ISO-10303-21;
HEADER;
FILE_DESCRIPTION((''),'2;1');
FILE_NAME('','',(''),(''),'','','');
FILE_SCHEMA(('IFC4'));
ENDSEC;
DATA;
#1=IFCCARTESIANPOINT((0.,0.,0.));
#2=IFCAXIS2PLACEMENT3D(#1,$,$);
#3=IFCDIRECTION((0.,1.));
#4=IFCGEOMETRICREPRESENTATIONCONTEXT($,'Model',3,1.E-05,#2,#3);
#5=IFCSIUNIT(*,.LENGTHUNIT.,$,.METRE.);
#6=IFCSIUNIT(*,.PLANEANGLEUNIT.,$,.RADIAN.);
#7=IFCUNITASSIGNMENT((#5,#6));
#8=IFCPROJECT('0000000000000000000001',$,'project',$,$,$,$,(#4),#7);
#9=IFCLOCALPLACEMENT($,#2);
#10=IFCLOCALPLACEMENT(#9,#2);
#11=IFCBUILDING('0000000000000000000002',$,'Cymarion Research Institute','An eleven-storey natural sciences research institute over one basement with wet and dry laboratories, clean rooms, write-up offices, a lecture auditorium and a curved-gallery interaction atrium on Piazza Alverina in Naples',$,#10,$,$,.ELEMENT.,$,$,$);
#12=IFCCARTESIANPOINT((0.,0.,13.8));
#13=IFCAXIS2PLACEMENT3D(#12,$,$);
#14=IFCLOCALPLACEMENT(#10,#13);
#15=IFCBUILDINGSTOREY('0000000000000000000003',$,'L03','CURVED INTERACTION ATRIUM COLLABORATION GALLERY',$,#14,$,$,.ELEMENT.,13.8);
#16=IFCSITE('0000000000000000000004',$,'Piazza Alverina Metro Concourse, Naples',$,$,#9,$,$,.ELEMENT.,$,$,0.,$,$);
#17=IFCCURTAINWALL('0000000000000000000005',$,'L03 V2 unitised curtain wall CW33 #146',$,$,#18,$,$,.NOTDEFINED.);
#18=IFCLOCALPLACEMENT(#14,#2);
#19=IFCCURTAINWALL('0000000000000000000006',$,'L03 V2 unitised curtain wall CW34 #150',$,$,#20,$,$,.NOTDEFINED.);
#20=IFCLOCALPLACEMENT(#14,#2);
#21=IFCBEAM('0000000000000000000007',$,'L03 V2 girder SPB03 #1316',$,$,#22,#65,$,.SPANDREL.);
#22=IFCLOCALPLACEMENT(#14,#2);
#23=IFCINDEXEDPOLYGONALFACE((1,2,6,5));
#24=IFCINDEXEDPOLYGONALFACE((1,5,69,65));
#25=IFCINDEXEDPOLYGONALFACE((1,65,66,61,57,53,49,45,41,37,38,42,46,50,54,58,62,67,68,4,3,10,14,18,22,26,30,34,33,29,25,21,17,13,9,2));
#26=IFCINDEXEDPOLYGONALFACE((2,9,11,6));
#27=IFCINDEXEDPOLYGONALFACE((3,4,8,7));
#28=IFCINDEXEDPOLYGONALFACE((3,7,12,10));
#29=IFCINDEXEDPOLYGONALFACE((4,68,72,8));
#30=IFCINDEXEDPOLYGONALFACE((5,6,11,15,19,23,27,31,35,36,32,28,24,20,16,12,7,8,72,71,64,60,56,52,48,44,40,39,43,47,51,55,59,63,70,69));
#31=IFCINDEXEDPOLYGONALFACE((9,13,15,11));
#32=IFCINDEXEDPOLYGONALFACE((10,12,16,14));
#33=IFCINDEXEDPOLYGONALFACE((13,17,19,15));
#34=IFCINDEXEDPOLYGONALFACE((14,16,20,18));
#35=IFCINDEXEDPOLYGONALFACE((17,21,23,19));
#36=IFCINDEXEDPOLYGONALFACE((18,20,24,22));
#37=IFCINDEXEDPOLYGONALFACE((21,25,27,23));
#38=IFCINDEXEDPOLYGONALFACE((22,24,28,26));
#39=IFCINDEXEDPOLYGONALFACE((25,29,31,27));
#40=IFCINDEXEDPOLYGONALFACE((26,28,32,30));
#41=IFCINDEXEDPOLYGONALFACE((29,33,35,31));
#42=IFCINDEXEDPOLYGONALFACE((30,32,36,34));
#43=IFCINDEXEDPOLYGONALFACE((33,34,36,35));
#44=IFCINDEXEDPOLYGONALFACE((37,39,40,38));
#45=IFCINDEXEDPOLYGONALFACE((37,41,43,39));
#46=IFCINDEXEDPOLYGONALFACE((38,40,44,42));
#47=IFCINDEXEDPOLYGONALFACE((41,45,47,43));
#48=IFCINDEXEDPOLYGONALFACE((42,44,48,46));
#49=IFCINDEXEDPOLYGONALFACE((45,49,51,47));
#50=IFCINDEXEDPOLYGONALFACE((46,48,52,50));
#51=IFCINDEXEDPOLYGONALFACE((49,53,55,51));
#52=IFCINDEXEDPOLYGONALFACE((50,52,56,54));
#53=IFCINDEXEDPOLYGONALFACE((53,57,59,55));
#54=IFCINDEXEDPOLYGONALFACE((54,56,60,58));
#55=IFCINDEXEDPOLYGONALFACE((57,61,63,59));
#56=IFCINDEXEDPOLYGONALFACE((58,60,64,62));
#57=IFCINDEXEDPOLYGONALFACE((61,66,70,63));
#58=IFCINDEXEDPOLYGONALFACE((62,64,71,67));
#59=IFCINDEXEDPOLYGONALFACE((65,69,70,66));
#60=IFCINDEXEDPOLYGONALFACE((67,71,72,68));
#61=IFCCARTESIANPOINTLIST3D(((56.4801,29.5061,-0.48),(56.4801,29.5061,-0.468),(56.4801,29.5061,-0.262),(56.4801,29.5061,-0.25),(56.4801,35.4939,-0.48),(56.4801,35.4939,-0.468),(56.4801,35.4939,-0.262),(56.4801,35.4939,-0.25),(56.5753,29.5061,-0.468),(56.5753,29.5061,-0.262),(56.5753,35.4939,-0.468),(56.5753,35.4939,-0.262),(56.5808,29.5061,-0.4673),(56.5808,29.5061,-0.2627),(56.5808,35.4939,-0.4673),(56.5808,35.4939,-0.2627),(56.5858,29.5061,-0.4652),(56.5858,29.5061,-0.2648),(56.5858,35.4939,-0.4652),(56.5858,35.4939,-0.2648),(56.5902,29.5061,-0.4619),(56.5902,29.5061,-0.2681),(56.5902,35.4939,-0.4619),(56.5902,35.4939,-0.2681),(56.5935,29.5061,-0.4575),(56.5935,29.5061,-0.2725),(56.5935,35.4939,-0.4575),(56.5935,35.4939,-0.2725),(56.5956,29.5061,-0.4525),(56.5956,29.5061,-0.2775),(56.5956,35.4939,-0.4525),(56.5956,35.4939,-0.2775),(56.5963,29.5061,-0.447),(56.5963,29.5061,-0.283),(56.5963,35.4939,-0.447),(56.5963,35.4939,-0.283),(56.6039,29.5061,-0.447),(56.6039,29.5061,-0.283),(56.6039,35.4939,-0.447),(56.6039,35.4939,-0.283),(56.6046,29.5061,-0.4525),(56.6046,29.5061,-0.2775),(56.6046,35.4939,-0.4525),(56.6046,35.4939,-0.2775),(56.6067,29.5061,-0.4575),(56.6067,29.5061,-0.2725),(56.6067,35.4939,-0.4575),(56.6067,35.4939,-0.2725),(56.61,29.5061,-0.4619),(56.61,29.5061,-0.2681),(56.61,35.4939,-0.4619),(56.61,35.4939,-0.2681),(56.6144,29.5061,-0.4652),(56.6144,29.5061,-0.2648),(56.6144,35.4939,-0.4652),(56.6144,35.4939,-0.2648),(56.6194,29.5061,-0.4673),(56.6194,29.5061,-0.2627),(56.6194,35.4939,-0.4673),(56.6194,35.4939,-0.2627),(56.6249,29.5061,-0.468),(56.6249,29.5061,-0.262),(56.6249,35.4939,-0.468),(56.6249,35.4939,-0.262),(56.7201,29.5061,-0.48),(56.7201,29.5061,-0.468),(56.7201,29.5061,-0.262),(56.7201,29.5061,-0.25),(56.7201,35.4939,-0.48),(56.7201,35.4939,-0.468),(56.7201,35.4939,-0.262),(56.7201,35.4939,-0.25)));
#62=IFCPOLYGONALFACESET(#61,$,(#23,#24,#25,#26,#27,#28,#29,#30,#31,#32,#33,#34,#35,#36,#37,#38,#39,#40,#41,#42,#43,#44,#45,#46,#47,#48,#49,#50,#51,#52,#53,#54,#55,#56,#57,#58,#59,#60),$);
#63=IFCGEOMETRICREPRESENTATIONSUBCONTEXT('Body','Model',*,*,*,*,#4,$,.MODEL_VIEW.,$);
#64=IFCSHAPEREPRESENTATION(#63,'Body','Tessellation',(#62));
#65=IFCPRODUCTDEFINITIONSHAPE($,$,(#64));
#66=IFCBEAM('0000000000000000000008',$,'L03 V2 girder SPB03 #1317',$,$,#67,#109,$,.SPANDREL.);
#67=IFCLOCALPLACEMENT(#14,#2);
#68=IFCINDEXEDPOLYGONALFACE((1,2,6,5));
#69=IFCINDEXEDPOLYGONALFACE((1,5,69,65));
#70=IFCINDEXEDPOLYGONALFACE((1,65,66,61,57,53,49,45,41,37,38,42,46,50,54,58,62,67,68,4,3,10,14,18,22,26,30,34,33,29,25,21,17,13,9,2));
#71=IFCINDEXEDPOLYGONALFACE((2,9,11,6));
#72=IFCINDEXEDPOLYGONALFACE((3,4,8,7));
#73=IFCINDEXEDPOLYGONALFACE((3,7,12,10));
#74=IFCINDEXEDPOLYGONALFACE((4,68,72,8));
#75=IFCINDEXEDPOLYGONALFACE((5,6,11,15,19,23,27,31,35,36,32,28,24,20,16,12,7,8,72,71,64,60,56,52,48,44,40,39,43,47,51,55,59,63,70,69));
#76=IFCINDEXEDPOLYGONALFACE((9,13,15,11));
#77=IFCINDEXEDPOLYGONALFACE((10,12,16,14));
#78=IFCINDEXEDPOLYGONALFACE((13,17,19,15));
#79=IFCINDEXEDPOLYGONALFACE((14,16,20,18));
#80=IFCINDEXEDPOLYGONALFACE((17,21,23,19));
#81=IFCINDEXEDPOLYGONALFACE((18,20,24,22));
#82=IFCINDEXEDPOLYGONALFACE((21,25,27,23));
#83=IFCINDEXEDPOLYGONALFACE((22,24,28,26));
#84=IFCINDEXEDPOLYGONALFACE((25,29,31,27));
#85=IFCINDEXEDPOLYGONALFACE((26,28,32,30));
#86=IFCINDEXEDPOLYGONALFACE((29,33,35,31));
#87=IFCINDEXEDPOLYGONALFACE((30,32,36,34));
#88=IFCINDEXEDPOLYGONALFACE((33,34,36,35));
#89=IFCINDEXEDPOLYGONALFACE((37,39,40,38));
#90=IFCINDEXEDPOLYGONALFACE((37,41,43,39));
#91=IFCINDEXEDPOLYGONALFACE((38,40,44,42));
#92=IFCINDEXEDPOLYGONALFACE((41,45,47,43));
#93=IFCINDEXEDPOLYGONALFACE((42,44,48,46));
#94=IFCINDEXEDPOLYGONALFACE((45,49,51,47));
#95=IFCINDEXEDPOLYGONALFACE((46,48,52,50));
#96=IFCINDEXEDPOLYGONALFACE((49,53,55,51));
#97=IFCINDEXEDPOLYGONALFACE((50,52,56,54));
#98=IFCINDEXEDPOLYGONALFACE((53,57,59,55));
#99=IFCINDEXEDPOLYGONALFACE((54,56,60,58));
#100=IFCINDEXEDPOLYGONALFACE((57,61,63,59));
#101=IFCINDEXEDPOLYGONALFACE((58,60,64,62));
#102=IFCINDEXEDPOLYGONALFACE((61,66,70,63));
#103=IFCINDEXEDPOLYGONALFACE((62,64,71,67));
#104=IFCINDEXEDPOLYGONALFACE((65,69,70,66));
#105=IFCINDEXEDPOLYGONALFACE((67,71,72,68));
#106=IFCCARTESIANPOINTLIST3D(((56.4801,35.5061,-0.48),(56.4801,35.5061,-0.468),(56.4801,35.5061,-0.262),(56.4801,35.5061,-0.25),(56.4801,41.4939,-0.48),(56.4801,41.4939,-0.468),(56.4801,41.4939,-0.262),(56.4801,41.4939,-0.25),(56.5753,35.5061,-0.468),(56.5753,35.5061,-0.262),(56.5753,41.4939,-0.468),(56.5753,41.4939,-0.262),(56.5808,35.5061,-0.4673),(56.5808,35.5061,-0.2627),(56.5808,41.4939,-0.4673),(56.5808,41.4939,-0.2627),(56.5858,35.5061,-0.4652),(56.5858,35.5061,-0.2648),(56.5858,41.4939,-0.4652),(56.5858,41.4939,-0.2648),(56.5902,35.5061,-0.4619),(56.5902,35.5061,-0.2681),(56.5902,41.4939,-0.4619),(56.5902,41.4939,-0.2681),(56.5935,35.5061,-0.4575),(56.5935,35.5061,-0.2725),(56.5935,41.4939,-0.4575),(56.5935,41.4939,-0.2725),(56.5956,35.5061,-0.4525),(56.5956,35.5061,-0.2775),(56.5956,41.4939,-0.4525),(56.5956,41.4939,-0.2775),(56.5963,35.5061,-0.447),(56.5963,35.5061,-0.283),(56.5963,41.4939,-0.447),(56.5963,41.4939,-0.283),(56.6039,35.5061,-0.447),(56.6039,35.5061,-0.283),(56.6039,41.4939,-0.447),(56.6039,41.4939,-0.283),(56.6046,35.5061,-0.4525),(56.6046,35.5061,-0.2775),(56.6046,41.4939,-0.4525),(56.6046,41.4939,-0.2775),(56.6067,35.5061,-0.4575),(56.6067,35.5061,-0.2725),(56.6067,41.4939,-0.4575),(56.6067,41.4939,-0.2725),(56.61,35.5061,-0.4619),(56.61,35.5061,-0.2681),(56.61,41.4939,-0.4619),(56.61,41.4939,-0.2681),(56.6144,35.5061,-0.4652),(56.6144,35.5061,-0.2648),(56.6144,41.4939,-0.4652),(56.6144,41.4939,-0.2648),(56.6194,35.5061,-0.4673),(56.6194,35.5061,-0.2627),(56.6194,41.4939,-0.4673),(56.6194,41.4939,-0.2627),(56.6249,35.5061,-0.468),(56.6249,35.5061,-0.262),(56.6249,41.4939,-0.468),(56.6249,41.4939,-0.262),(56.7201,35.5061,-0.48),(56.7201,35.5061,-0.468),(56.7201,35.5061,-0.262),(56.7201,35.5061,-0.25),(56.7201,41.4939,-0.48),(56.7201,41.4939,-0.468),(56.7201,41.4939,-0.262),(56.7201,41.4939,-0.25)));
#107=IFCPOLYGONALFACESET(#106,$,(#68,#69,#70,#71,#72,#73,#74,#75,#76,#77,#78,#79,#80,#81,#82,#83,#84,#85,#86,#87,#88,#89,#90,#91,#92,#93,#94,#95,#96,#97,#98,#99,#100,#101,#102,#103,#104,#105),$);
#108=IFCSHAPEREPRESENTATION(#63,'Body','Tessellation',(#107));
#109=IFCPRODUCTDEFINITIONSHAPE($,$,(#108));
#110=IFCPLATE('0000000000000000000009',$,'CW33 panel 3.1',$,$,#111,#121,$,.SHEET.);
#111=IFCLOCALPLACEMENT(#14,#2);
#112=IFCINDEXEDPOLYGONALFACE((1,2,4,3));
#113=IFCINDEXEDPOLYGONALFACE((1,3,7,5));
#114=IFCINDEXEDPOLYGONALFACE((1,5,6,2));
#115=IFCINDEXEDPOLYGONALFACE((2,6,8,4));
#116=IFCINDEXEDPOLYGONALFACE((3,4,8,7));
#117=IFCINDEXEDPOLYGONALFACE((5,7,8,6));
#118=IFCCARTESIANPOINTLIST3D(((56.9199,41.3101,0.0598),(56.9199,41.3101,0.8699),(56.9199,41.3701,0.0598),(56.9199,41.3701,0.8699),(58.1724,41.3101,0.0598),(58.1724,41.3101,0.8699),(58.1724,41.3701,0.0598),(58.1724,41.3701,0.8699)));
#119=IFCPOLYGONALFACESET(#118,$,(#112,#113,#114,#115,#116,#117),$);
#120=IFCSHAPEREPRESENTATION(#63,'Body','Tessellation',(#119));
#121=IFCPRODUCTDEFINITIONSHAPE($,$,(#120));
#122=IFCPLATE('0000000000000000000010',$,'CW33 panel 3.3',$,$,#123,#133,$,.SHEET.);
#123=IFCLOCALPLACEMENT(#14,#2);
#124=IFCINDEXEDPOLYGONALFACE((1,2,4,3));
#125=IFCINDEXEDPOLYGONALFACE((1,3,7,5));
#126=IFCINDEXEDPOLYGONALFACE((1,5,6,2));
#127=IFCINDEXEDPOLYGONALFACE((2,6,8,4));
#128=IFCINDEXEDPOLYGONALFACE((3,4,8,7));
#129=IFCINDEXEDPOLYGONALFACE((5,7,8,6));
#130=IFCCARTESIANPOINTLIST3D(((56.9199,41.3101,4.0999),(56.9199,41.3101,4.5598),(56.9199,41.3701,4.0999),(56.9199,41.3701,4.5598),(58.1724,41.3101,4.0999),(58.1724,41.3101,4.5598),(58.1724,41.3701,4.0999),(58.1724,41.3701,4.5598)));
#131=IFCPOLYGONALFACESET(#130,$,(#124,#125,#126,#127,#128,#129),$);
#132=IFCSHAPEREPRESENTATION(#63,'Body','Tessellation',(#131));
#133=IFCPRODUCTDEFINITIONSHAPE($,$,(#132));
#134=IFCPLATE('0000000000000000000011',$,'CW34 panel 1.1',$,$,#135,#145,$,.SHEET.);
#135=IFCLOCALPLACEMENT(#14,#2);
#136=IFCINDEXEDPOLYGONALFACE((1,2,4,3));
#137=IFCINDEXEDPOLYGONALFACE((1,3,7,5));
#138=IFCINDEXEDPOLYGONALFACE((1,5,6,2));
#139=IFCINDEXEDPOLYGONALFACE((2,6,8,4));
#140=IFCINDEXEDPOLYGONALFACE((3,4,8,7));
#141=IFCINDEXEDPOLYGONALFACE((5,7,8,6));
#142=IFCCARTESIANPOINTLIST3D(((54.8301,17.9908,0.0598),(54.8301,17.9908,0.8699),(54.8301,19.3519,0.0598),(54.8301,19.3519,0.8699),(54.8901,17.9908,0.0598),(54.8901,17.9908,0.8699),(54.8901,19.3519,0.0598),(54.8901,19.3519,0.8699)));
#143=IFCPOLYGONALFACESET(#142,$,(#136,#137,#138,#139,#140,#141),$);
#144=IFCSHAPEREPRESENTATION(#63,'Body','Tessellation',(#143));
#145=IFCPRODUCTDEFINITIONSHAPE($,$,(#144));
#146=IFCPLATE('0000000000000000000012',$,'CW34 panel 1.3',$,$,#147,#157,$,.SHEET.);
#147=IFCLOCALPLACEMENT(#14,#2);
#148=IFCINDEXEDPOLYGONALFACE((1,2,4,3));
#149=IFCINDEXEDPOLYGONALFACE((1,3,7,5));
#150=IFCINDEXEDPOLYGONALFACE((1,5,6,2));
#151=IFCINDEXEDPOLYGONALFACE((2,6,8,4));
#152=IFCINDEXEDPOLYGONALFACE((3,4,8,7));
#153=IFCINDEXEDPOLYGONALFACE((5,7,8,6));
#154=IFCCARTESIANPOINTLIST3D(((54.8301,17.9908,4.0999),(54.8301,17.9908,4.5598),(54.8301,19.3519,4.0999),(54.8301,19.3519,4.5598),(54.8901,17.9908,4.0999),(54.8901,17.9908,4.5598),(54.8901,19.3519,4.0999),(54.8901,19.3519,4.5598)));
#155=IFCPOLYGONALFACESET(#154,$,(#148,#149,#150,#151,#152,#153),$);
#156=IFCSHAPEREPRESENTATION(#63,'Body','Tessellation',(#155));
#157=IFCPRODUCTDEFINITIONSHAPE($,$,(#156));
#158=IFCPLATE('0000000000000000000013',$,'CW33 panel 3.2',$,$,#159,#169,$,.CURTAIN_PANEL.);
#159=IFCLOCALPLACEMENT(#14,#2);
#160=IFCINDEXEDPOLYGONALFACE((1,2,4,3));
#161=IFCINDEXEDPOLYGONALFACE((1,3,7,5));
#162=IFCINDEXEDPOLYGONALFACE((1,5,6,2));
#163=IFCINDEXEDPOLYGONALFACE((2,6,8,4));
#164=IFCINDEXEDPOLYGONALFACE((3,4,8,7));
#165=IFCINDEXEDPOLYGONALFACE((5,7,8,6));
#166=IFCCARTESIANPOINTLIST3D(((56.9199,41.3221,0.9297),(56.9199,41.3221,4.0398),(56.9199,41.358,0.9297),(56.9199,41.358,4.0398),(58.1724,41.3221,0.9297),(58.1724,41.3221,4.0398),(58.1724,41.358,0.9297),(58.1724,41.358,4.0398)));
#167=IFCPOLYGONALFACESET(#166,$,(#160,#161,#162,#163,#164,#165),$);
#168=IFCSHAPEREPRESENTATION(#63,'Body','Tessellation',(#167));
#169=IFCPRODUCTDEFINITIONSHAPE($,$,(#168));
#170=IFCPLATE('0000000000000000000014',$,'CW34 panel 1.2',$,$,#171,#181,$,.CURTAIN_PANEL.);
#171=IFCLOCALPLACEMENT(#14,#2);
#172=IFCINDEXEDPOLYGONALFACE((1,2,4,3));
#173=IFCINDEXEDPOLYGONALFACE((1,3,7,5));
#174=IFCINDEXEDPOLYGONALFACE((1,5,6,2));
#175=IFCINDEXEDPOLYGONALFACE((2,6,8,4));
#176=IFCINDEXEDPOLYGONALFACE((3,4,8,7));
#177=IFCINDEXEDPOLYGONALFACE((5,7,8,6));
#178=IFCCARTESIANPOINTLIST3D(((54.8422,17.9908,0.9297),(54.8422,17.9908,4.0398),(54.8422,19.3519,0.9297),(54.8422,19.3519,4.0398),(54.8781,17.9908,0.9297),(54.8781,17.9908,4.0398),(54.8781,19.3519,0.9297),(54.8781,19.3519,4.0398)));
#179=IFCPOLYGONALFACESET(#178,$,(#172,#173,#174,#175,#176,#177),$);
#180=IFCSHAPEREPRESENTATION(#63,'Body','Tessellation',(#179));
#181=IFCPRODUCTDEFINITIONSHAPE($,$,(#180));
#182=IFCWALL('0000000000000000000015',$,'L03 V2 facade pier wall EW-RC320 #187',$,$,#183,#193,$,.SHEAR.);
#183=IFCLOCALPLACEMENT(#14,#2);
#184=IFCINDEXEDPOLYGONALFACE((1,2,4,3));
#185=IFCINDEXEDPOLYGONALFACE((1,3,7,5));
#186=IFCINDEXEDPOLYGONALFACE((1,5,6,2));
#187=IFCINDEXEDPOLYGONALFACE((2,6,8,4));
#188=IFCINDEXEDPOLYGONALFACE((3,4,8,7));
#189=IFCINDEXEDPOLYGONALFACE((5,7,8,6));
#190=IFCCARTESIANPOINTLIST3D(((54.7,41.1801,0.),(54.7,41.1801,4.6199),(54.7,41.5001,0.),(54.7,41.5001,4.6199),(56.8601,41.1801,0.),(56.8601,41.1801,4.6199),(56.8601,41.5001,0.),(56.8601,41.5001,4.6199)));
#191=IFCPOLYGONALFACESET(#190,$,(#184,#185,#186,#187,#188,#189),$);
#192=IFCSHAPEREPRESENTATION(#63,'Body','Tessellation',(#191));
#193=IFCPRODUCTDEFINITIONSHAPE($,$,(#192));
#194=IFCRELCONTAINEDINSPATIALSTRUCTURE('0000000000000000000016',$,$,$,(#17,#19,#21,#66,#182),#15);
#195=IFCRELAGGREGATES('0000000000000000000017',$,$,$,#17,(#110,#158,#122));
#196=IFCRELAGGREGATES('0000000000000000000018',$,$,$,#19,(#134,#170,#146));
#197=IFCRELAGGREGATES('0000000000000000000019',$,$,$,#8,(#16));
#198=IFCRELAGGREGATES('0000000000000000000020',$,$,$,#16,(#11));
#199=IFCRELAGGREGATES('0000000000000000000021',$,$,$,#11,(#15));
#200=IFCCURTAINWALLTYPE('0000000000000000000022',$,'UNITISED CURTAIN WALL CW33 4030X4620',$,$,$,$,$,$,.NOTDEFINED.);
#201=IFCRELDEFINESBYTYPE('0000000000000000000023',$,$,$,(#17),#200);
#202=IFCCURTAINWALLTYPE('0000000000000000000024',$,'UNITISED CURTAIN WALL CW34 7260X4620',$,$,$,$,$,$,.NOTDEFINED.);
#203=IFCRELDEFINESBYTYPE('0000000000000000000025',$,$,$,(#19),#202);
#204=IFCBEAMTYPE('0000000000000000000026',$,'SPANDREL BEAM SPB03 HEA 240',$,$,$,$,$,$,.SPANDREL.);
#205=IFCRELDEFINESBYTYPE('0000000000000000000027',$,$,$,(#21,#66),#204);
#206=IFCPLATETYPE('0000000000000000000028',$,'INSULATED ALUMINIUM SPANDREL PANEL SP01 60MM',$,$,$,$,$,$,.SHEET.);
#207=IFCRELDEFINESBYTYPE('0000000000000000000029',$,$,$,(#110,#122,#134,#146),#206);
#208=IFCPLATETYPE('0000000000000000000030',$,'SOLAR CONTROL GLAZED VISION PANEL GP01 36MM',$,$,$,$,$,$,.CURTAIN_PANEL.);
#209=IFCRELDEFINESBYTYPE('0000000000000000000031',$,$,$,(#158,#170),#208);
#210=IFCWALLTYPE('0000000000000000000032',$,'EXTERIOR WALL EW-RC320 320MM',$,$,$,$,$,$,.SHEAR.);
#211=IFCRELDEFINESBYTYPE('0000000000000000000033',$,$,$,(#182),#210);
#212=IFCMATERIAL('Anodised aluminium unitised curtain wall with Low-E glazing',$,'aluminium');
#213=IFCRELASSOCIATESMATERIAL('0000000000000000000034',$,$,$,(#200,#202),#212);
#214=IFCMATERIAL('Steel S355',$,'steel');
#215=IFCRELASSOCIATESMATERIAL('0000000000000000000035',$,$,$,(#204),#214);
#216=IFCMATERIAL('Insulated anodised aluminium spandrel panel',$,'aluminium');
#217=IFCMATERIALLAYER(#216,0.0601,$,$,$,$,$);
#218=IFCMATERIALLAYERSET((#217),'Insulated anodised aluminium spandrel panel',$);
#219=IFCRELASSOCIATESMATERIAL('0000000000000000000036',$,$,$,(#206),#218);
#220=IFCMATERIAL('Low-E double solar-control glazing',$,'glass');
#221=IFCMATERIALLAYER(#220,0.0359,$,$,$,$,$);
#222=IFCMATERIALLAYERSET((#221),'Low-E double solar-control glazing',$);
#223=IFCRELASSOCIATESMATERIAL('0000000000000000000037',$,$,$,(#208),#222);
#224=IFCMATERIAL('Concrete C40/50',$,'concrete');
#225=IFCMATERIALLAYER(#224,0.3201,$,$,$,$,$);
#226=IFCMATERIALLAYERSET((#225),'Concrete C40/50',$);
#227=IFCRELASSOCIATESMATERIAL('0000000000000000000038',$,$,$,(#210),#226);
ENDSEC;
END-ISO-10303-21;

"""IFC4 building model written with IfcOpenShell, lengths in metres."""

from ifc_helpers import new_model, si_unit, direction, frame, frame_2d, origin, origin_2d, place, context, subcontext, project, spatial, rectangle, i_section, extrude, material, layer, layer_set, material_profile, profile_set, type_object, element, aggregate, save


model = new_model("IFC4")

# Units and contexts
model_context = context("Model", 3, precision=1e-05, world=origin(), true_north=direction((0.0, 1.0)))
body_context = subcontext(model_context, "Body", "Model", "MODEL_VIEW")
ifc_project = project(units=[si_unit("LENGTHUNIT", "METRE"), si_unit("PLANEANGLEUNIT", "RADIAN")], contexts=[model_context])

# Site, building, storey
site_placement = place(None, origin())
site = spatial("IfcSite", under=ifc_project, at=site_placement, Name="Piazza Alverina Metro Concourse, Naples", CompositionType="ELEMENT", RefElevation=0.0)
building_placement = place(site_placement, origin())
building = spatial("IfcBuilding", under=site, at=building_placement, Name="Cymarion Research Institute", Description="An eleven-storey natural sciences research institute over one basement with wet and dry laboratories, clean rooms, write-up offices, a lecture auditorium and a curved-gallery interaction atrium on Piazza Alverina in Naples", CompositionType="ELEMENT")
storey_placement = place(building_placement, frame((0.0, 0.0, 13.8)))
storey = spatial("IfcBuildingStorey", under=building, at=storey_placement, Name="L03", Description="CURVED INTERACTION ATRIUM COLLABORATION GALLERY", CompositionType="ELEMENT", Elevation=13.8)

# Shared definitions
ifc_material_1 = material(Name="Steel S355", Category="steel")

# Curtain wall
ifc_material_2 = material(Name="Anodised aluminium unitised curtain wall with Low-E glazing", Category="aluminium")
curtain_wall_type_1 = type_object("IfcCurtainWallType", Name="UNITISED CURTAIN WALL CW33 4030X4620", PredefinedType="NOTDEFINED", material=ifc_material_2)
curtain_wall_1_placement = place(storey_placement, origin())
curtain_wall_1 = element("IfcCurtainWall", 1, at=curtain_wall_1_placement, inside=storey, type_object=curtain_wall_type_1, Name="L03 V2 unitised curtain wall CW33 #146", PredefinedType="NOTDEFINED")

# Curtain wall
curtain_wall_type_2 = type_object("IfcCurtainWallType", Name="UNITISED CURTAIN WALL CW34 7260X4620", PredefinedType="NOTDEFINED", material=ifc_material_2)
curtain_wall_2_placement = place(storey_placement, origin())
curtain_wall_2 = element("IfcCurtainWall", 2, at=curtain_wall_2_placement, inside=storey, type_object=curtain_wall_type_2, Name="L03 V2 unitised curtain wall CW34 #150", PredefinedType="NOTDEFINED")

# Beams
ifc_material_profile_1 = material_profile(ifc_material_1, i_section(OverallWidth=0.24, OverallDepth=0.23, WebThickness=0.0076, FlangeThickness=0.012, FilletRadius=0.021, at=origin_2d()), Name="HEA 240")
ifc_profile_set_1 = profile_set([ifc_material_profile_1], Name="Steel S355")
beam_type_1 = type_object("IfcBeamType", Name="SPANDREL BEAM SPB03 HEA 240", PredefinedType="SPANDREL", material=ifc_profile_set_1)
for number, where, z_axis, x_axis, name in (
    (3, (56.6001, 29.5061, -0.365), (0.0, 1.0, 0.0), (-1.0, 0.0, 0.0), "L03 V2 girder SPB03 #1316"),
    (4, (56.6001, 35.5061, -0.365), (0.0, 1.0, 0.0), (-1.0, 0.0, 0.0), "L03 V2 girder SPB03 #1317"),
):
    element("IfcBeam", number, at=place(storey_placement, frame(where, z_axis=z_axis, x_axis=x_axis)), inside=storey, type_object=beam_type_1, Name=name, PredefinedType="SPANDREL", context=body_context, shape_type="SweptSolid", body=[
        extrude(i_section(OverallWidth=0.24, OverallDepth=0.23, WebThickness=0.0076, FlangeThickness=0.012, FilletRadius=0.021, at=origin_2d()), origin(), (0.0, 0.0, 1.0), 5.9878),
    ])

# Plates
ifc_material_3 = material(Name="Insulated anodised aluminium spandrel panel", Category="aluminium")
ifc_layer_1 = layer(ifc_material_3, 0.0601)
ifc_layer_set_1 = layer_set([ifc_layer_1], Name="Insulated anodised aluminium spandrel panel")
plate_type_1 = type_object("IfcPlateType", Name="INSULATED ALUMINIUM SPANDREL PANEL SP01 60MM", PredefinedType="SHEET", material=ifc_layer_set_1)
plate_1_placement = place(storey_placement, frame((57.5461, 41.3401, 0.0598), z_axis=(0.0, 0.0, 1.0), x_axis=(-1.0, 0.0, 0.0)))
plate_1 = element("IfcPlate", 5, at=plate_1_placement, type_object=plate_type_1, Name="CW33 panel 3.1", PredefinedType="SHEET", context=body_context, shape_type="SweptSolid", body=[
    extrude(rectangle(XDim=1.2524, YDim=0.0601, at=origin_2d()), origin(), (0.0, 0.0, 1.0), 0.8101),
])
plate_2_placement = place(storey_placement, frame((57.5461, 41.3401, 4.0999), z_axis=(0.0, 0.0, 1.0), x_axis=(-1.0, 0.0, 0.0)))
plate_2 = element("IfcPlate", 6, at=plate_2_placement, type_object=plate_type_1, Name="CW33 panel 3.3", PredefinedType="SHEET", context=body_context, shape_type="SweptSolid", body=[
    extrude(rectangle(XDim=1.2524, YDim=0.0601, at=origin_2d()), origin(), (0.0, 0.0, 1.0), 0.46),
])
plate_3_placement = place(storey_placement, frame((54.8601, 18.6714, 0.0598), z_axis=(0.0, 0.0, 1.0), x_axis=(0.0, -1.0, 0.0)))
plate_3 = element("IfcPlate", 7, at=plate_3_placement, type_object=plate_type_1, Name="CW34 panel 1.1", PredefinedType="SHEET", context=body_context, shape_type="SweptSolid", body=[
    extrude(rectangle(XDim=1.3611, YDim=0.0601, at=origin_2d()), origin(), (0.0, 0.0, 1.0), 0.8101),
])
plate_4_placement = place(storey_placement, frame((54.8601, 18.6714, 4.0999), z_axis=(0.0, 0.0, 1.0), x_axis=(0.0, -1.0, 0.0)))
plate_4 = element("IfcPlate", 8, at=plate_4_placement, type_object=plate_type_1, Name="CW34 panel 1.3", PredefinedType="SHEET", context=body_context, shape_type="SweptSolid", body=[
    extrude(rectangle(XDim=1.3611, YDim=0.0601, at=origin_2d()), origin(), (0.0, 0.0, 1.0), 0.46),
])
ifc_material_4 = material(Name="Low-E double solar-control glazing", Category="glass")
ifc_layer_2 = layer(ifc_material_4, 0.0359)
ifc_layer_set_2 = layer_set([ifc_layer_2], Name="Low-E double solar-control glazing")
plate_type_2 = type_object("IfcPlateType", Name="SOLAR CONTROL GLAZED VISION PANEL GP01 36MM", PredefinedType="CURTAIN_PANEL", material=ifc_layer_set_2)
plate_5_placement = place(storey_placement, frame((57.5461, 41.3401, 0.9297), z_axis=(0.0, 0.0, 1.0), x_axis=(-1.0, 0.0, 0.0)))
plate_5 = element("IfcPlate", 9, at=plate_5_placement, type_object=plate_type_2, Name="CW33 panel 3.2", PredefinedType="CURTAIN_PANEL", context=body_context, shape_type="SweptSolid", body=[
    extrude(rectangle(XDim=1.2524, YDim=0.0359, at=origin_2d()), origin(), (0.0, 0.0, 1.0), 3.1101),
])
aggregate(curtain_wall_1, [plate_1, plate_5, plate_2])
plate_6_placement = place(storey_placement, frame((54.8601, 18.6714, 0.9297), z_axis=(0.0, 0.0, 1.0), x_axis=(0.0, -1.0, 0.0)))
plate_6 = element("IfcPlate", 10, at=plate_6_placement, type_object=plate_type_2, Name="CW34 panel 1.2", PredefinedType="CURTAIN_PANEL", context=body_context, shape_type="SweptSolid", body=[
    extrude(rectangle(XDim=1.3611, YDim=0.0359, at=origin_2d()), origin(), (0.0, 0.0, 1.0), 3.1101),
])
aggregate(curtain_wall_2, [plate_3, plate_6, plate_4])

# Wall
ifc_material_5 = material(Name="Concrete C40/50", Category="concrete")
ifc_layer_3 = layer(ifc_material_5, 0.3201)
ifc_layer_set_3 = layer_set([ifc_layer_3], Name="Concrete C40/50")
wall_type = type_object("IfcWallType", Name="EXTERIOR WALL EW-RC320 320MM", PredefinedType="SHEAR", material=ifc_layer_set_3)
wall_placement = place(storey_placement, frame((56.8601, 41.3401, 0.0), z_axis=(0.0, 0.0, 1.0), x_axis=(-1.0, 0.0, 0.0)))
element("IfcWall", 11, at=wall_placement, inside=storey, type_object=wall_type, Name="L03 V2 facade pier wall EW-RC320 #187", PredefinedType="SHEAR", context=body_context, shape_type="SweptSolid", body=[
    extrude(rectangle(XDim=2.1602, YDim=0.3201, at=frame_2d((1.0801, 0.0))), origin(), (0.0, 0.0, 1.0), 4.6199),
])

save(model, "model.ifc")
